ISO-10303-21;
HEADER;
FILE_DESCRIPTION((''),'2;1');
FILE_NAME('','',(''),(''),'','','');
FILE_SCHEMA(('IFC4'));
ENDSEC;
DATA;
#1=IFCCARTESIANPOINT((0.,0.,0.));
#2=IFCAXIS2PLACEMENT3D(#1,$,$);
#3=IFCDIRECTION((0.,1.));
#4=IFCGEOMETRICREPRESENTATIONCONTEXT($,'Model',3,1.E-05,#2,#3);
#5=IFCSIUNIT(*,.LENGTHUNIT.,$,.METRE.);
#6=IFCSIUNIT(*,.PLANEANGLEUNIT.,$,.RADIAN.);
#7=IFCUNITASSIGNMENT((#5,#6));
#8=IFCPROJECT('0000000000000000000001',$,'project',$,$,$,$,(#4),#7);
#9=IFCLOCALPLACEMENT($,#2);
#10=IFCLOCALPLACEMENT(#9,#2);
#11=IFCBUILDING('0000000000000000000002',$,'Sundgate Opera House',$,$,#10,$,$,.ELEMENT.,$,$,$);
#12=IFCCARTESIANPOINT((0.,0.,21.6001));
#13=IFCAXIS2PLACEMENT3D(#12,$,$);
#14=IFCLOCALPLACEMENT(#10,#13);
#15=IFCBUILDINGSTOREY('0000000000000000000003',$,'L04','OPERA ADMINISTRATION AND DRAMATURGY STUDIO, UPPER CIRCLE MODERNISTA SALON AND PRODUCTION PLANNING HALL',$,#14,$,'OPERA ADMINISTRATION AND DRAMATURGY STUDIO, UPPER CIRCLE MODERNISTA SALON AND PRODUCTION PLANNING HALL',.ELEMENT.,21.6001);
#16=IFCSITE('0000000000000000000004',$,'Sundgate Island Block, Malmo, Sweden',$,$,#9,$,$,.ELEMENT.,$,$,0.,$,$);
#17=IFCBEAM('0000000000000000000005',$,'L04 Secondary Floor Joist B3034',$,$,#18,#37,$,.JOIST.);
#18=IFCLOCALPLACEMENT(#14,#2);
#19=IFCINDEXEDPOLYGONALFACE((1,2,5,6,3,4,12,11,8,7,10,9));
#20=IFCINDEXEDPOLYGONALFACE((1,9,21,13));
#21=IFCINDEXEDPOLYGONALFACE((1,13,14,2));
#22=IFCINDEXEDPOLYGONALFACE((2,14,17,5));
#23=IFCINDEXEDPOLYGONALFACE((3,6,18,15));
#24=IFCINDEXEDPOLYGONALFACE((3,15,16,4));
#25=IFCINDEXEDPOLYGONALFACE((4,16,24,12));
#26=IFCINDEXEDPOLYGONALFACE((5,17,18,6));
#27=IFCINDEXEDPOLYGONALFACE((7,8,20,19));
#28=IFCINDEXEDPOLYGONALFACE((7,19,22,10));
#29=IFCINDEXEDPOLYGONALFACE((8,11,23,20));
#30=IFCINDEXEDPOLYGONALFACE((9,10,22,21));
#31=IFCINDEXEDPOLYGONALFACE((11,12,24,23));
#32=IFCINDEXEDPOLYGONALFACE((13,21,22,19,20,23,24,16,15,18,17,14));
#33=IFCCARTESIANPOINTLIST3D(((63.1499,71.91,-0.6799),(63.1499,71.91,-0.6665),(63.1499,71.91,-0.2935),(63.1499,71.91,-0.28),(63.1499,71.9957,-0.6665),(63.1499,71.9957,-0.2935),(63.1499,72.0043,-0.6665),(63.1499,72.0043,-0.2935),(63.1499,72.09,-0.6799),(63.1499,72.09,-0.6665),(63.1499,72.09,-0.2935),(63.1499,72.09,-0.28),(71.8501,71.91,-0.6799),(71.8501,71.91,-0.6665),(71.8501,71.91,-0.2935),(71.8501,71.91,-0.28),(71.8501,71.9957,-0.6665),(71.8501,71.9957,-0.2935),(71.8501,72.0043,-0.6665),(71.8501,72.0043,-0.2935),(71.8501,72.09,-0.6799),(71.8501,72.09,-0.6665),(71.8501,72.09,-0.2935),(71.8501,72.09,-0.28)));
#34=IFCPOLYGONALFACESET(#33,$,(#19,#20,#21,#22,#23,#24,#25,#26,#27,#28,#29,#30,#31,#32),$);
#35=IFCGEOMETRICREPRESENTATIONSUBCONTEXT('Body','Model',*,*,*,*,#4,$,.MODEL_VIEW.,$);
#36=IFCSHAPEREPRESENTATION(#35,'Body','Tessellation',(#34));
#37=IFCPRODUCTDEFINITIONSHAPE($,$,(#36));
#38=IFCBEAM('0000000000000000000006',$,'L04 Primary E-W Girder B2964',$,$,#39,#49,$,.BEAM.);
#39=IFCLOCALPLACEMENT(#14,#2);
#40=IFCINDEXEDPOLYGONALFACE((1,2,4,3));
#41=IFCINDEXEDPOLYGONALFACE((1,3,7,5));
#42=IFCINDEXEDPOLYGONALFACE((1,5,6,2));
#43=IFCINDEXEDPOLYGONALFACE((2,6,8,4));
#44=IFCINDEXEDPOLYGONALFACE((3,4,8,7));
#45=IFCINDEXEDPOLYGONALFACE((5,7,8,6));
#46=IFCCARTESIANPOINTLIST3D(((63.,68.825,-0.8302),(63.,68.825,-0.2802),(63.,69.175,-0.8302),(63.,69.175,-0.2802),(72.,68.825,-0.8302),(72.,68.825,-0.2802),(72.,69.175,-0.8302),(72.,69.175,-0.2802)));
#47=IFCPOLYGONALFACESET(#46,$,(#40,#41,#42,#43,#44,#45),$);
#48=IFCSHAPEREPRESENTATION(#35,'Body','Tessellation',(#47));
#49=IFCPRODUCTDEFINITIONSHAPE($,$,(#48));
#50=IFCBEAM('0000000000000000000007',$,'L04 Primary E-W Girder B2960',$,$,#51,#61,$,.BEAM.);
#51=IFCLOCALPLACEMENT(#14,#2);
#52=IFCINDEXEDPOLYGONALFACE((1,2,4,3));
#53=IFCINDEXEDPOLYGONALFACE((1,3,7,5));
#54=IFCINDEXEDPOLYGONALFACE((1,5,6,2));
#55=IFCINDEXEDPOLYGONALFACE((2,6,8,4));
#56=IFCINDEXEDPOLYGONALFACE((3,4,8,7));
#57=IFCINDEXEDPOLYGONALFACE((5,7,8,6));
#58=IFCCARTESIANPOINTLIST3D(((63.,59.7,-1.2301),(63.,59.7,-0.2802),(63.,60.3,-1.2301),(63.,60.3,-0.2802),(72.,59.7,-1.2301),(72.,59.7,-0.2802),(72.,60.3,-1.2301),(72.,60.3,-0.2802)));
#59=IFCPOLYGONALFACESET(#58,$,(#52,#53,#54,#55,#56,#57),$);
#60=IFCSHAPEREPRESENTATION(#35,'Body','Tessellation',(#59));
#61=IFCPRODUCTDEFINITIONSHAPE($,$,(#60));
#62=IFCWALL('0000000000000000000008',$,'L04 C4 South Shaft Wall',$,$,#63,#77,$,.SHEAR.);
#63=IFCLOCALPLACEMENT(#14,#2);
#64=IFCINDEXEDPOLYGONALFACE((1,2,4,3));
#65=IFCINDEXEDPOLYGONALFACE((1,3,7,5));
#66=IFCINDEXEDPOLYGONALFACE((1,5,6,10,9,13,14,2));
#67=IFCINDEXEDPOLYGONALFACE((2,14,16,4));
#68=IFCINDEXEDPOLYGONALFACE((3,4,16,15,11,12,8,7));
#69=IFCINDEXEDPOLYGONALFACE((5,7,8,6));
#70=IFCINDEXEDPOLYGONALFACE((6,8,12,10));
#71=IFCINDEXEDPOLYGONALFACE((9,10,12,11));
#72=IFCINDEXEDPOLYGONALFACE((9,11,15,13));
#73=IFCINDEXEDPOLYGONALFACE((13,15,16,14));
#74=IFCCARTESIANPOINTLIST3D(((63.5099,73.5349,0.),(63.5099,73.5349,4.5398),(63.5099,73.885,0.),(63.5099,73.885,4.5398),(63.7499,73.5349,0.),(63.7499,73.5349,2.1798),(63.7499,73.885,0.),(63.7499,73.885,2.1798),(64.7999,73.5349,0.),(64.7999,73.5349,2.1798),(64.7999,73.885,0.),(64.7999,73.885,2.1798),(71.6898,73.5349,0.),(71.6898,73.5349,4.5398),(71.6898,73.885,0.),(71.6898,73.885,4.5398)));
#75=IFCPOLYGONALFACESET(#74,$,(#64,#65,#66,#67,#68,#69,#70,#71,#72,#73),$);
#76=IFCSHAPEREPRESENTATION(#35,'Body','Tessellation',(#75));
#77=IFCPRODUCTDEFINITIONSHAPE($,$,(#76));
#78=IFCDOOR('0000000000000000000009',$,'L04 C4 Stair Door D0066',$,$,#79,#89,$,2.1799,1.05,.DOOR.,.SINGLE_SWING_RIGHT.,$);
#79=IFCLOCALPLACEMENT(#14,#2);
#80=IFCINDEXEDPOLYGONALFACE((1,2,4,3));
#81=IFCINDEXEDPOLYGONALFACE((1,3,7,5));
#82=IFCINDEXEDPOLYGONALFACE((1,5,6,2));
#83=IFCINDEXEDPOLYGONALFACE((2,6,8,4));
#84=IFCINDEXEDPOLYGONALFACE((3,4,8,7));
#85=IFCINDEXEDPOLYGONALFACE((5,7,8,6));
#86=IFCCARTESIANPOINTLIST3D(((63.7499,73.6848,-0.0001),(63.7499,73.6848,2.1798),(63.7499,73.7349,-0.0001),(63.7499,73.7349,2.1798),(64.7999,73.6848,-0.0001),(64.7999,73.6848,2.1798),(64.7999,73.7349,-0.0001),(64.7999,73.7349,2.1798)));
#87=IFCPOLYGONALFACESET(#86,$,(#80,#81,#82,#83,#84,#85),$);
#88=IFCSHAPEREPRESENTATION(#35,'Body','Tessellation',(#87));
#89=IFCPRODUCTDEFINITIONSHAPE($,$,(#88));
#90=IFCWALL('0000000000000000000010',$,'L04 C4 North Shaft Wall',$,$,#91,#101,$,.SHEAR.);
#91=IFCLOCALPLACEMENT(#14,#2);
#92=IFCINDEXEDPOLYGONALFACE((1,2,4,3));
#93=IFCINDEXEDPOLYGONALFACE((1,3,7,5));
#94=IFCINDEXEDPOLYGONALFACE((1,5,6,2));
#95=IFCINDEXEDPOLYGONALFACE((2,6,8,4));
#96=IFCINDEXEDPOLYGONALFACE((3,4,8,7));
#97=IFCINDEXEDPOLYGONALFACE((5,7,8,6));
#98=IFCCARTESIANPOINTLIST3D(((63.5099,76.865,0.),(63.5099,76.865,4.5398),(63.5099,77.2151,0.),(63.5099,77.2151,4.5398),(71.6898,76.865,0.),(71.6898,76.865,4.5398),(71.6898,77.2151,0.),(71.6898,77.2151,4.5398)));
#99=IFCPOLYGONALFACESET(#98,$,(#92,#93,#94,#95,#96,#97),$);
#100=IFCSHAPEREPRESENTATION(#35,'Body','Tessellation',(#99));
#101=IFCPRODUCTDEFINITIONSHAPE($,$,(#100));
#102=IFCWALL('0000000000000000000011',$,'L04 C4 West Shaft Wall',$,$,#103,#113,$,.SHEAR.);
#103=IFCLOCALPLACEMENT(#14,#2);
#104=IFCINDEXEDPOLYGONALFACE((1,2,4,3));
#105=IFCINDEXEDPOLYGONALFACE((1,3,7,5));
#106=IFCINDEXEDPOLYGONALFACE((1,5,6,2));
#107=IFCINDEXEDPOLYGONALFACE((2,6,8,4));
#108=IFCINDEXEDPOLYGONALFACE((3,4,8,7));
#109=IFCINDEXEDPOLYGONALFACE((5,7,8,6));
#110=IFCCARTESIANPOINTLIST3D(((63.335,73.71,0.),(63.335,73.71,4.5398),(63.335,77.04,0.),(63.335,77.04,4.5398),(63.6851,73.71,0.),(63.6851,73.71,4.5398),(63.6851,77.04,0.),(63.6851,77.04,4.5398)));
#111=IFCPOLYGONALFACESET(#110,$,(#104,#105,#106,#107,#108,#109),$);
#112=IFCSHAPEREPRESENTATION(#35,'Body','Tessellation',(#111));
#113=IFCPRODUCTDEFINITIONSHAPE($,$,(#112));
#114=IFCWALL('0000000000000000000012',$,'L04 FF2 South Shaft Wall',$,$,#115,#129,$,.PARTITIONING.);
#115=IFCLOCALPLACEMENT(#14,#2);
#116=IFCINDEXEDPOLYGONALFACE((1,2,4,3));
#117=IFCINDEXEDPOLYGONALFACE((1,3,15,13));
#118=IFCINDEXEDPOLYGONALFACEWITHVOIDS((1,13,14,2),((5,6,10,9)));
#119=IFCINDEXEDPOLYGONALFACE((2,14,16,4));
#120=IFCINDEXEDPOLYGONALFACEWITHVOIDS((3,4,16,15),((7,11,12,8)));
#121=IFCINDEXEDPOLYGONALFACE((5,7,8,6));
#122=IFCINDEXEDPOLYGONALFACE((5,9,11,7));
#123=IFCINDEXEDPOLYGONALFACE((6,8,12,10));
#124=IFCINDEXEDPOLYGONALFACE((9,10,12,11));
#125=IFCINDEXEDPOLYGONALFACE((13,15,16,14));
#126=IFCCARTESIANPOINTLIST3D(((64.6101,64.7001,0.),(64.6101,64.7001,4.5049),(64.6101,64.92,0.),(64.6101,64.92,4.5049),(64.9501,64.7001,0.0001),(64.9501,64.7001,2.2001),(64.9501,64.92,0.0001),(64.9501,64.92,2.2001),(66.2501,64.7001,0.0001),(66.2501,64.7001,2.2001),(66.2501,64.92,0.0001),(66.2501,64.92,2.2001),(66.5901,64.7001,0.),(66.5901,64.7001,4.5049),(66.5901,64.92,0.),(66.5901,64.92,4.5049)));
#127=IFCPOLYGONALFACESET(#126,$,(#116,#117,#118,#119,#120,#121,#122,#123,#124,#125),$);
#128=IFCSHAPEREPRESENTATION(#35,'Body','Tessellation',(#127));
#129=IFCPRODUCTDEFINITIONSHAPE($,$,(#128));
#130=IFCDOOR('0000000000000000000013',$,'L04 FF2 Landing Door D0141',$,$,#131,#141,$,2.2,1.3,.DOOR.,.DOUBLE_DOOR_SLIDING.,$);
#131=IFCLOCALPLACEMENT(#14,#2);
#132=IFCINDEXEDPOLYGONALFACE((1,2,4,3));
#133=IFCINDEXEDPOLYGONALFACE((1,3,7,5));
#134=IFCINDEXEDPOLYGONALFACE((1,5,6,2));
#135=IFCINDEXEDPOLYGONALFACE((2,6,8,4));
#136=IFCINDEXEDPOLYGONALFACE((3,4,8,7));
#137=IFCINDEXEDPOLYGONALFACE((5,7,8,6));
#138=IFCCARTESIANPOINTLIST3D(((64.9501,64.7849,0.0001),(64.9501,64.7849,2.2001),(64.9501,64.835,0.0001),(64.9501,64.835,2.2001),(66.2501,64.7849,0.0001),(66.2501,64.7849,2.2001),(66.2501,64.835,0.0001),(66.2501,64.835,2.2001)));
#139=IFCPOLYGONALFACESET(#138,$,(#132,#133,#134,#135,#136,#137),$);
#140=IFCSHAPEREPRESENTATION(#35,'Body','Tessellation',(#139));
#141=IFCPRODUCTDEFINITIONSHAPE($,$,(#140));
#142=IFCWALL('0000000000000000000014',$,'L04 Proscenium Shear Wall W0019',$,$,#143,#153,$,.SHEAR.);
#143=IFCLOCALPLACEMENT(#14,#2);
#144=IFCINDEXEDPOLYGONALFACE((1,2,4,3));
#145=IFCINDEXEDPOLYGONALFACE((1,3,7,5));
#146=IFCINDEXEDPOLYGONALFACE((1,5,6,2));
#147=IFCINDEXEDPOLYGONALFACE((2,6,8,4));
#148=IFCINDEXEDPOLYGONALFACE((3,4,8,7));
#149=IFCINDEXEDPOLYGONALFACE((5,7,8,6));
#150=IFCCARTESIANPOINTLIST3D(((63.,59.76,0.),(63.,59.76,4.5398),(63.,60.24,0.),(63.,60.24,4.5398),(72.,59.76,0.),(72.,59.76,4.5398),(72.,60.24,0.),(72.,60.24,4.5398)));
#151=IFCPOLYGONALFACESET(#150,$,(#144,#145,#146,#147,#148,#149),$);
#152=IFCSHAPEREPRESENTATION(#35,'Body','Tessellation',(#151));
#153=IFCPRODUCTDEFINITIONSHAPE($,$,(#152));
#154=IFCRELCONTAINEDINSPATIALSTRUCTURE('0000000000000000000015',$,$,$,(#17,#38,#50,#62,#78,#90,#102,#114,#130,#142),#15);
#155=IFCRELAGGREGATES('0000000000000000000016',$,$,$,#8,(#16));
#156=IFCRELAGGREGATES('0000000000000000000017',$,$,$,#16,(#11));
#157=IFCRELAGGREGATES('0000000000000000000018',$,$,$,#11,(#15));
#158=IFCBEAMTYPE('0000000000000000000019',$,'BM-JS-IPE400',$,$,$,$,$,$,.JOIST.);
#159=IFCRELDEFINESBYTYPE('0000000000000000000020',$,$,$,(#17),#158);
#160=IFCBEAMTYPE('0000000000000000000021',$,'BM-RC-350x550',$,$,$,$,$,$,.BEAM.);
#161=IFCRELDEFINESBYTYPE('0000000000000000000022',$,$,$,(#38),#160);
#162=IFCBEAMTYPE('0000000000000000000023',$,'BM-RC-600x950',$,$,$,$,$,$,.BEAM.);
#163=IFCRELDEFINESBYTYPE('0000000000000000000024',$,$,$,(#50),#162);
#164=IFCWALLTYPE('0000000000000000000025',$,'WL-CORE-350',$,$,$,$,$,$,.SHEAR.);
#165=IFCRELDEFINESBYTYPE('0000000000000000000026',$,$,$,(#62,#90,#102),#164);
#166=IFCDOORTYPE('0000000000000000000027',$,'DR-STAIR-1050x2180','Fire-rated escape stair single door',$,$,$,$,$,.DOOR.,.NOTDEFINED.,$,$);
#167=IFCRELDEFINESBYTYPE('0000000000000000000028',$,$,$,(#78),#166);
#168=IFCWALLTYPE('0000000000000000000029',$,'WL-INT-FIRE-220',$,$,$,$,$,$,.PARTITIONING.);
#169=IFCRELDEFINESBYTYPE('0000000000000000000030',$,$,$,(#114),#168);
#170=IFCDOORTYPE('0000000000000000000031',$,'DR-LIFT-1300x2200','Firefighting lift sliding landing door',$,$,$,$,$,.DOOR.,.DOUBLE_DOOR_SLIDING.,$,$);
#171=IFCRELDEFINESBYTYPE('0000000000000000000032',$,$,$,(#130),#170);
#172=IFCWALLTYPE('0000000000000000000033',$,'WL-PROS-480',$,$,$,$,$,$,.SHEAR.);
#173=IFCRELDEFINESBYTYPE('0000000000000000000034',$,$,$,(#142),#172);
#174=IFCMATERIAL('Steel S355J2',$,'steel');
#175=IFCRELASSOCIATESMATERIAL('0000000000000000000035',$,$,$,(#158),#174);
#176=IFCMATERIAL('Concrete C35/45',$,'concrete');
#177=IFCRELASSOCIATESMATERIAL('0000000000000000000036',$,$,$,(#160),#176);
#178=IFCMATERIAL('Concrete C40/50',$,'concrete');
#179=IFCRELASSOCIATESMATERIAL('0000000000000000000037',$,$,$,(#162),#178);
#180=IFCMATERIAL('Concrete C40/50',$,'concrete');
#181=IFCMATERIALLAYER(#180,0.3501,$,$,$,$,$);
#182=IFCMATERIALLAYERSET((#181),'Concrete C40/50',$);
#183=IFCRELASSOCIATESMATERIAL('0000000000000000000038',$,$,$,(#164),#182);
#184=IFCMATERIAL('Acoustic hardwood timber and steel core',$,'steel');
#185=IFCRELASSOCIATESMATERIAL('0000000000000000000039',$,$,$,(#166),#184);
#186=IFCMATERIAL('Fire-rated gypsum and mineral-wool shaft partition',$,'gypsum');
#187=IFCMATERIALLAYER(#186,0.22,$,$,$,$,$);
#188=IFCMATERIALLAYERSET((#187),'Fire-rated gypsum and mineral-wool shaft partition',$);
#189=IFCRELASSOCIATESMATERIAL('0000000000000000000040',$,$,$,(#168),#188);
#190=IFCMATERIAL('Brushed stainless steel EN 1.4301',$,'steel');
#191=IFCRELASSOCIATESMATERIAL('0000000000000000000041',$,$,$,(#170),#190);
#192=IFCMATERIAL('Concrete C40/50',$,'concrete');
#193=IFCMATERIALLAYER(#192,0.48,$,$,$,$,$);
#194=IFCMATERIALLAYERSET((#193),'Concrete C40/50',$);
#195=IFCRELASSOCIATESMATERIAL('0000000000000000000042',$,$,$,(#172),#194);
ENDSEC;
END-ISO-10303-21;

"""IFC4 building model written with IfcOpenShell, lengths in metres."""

from ifc_helpers import new_model, si_unit, direction, frame, frame_2d, origin, origin_2d, place, context, subcontext, project, spatial, rectangle, i_section, extrude, material, layer, layer_set, material_profile, profile_set, type_object, element, fill, save


model = new_model("IFC4")

# Units and contexts
model_context = context("Model", 3, precision=1e-05, world=origin(), true_north=direction((0.0, 1.0)))
body_context = subcontext(model_context, "Body", "Model", "MODEL_VIEW")
ifc_project = project(units=[si_unit("LENGTHUNIT", "METRE"), si_unit("PLANEANGLEUNIT", "RADIAN")], contexts=[model_context])

# Site, building, storey
site_placement = place(None, origin())
site = spatial("IfcSite", under=ifc_project, at=site_placement, Name="Sundgate Island Block, Malmo, Sweden", CompositionType="ELEMENT", RefElevation=0.0)
building_placement = place(site_placement, origin())
building = spatial("IfcBuilding", under=site, at=building_placement, Name="Sundgate Opera House", CompositionType="ELEMENT")
storey_placement = place(building_placement, frame((0.0, 0.0, 21.6001)))
storey = spatial("IfcBuildingStorey", under=building, at=storey_placement, Name="L04", Description="OPERA ADMINISTRATION AND DRAMATURGY STUDIO, UPPER CIRCLE MODERNISTA SALON AND PRODUCTION PLANNING HALL", LongName="OPERA ADMINISTRATION AND DRAMATURGY STUDIO, UPPER CIRCLE MODERNISTA SALON AND PRODUCTION PLANNING HALL", CompositionType="ELEMENT", Elevation=21.6001)

# Beams
ifc_material_1 = material(Name="Steel S355J2", Category="steel")
ifc_material_profile_1 = material_profile(ifc_material_1, i_section(OverallWidth=0.1799, OverallDepth=0.3999, WebThickness=0.0085, FlangeThickness=0.0134, at=origin_2d()), Name="IPE 400")
ifc_profile_set_1 = profile_set([ifc_material_profile_1], Name="Steel S355J2")
beam_type_1 = type_object("IfcBeamType", Name="BM-JS-IPE400", PredefinedType="JOIST", material=ifc_profile_set_1)
for number, where, z_axis, x_axis, name in (
    (1, (63.1499, 72.0, -0.48), (1.0, 0.0, 0.0), (0.0, 1.0, 0.0), "L04 Secondary Floor Joist B3034"),
):
    element("IfcBeam", number, at=place(storey_placement, frame(where, z_axis=z_axis, x_axis=x_axis)), inside=storey, type_object=beam_type_1, Name=name, PredefinedType="JOIST", context=body_context, shape_type="SweptSolid", body=[
        extrude(i_section(OverallWidth=0.1799, OverallDepth=0.3999, WebThickness=0.0085, FlangeThickness=0.0134, at=origin_2d()), origin(), (0.0, 0.0, 1.0), 8.7002),
    ])
ifc_material_2 = material(Name="Concrete C35/45", Category="concrete")
ifc_material_profile_2 = material_profile(ifc_material_2, rectangle(XDim=0.3501, YDim=0.55, at=origin_2d()), Name="RC 350x550")
ifc_profile_set_2 = profile_set([ifc_material_profile_2], Name="Concrete C35/45")
beam_type_2 = type_object("IfcBeamType", Name="BM-RC-350x550", PredefinedType="BEAM", material=ifc_profile_set_2)
beam_1_placement = place(storey_placement, frame((63.0, 69.0, -0.5552), z_axis=(1.0, 0.0, 0.0), x_axis=(0.0, 1.0, 0.0)))
element("IfcBeam", 2, at=beam_1_placement, inside=storey, type_object=beam_type_2, Name="L04 Primary E-W Girder B2964", PredefinedType="BEAM", context=body_context, shape_type="SweptSolid", body=[
    extrude(rectangle(XDim=0.3501, YDim=0.55, at=origin_2d()), origin(), (0.0, 0.0, 1.0), 9.0),
])
ifc_material_3 = material(Name="Concrete C40/50", Category="concrete")
ifc_material_profile_3 = material_profile(ifc_material_3, rectangle(XDim=0.6001, YDim=0.95, at=origin_2d()), Name="RC 600x950")
ifc_profile_set_3 = profile_set([ifc_material_profile_3], Name="Concrete C40/50")
beam_type_3 = type_object("IfcBeamType", Name="BM-RC-600x950", PredefinedType="BEAM", material=ifc_profile_set_3)
beam_2_placement = place(storey_placement, frame((63.0, 60.0, -0.7551), z_axis=(1.0, 0.0, 0.0), x_axis=(0.0, 1.0, 0.0)))
element("IfcBeam", 3, at=beam_2_placement, inside=storey, type_object=beam_type_3, Name="L04 Primary E-W Girder B2960", PredefinedType="BEAM", context=body_context, shape_type="SweptSolid", body=[
    extrude(rectangle(XDim=0.6001, YDim=0.95, at=origin_2d()), origin(), (0.0, 0.0, 1.0), 9.0),
])

# Wall, opening, door
ifc_material_4 = material(Name="Concrete C40/50", Category="concrete")
ifc_layer_1 = layer(ifc_material_4, 0.3501)
ifc_layer_set_1 = layer_set([ifc_layer_1], Name="Concrete C40/50")
wall_type_1 = type_object("IfcWallType", Name="WL-CORE-350", PredefinedType="SHEAR", material=ifc_layer_set_1)
wall_1_placement = place(storey_placement, frame((63.51, 73.71, 0.0), z_axis=(0.0, 0.0, 1.0), x_axis=(1.0, 0.0, 0.0)))
wall_1 = element("IfcWall", 4, at=wall_1_placement, inside=storey, type_object=wall_type_1, Name="L04 C4 South Shaft Wall", PredefinedType="SHEAR", context=body_context, shape_type="SweptSolid", body=[
    extrude(rectangle(XDim=8.1799, YDim=0.3501, at=frame_2d((4.0898, 0.0))), origin(), (0.0, 0.0, 1.0), 4.5398),
])
opening_1_placement = place(wall_1_placement, frame((0.24, 0.0, 0.0)))
opening_1 = element("IfcOpeningElement", 5, at=opening_1_placement, cuts=wall_1, PredefinedType="OPENING", context=body_context, shape_type="SweptSolid", body=[
    extrude(rectangle(XDim=1.05, YDim=2.1799, at=frame_2d((0.5249, 1.0898))), frame((0.0, 0.1851, 0.0), z_axis=(0.0, -1.0, 0.0), x_axis=(1.0, 0.0, 0.0)), (0.0, 0.0, 1.0), 0.3701),
])
ifc_material_5 = material(Name="Acoustic hardwood timber and steel core", Category="steel")
door_type_1 = type_object("IfcDoorType", Name="DR-STAIR-1050x2180", Description="Fire-rated escape stair single door", OperationType="NOTDEFINED", PredefinedType="DOOR", material=ifc_material_5)
door_1_placement = place(opening_1_placement, origin())
door_1 = element("IfcDoor", 6, at=door_1_placement, inside=storey, type_object=door_type_1, Name="L04 C4 Stair Door D0066", OperationType="SINGLE_SWING_RIGHT", OverallHeight=2.1799, OverallWidth=1.05, PredefinedType="DOOR", context=body_context, shape_type="SweptSolid", body=[
    extrude(rectangle(XDim=1.05, YDim=2.1799, at=frame_2d((0.5249, 1.0898))), frame((0.0, 0.0249, 0.0), z_axis=(0.0, -1.0, 0.0), x_axis=(1.0, 0.0, 0.0)), (0.0, 0.0, 1.0), 0.05),
])
fill(opening_1, door_1)

# Walls
wall_2_placement = place(storey_placement, frame((63.51, 77.04, 0.0), z_axis=(0.0, 0.0, 1.0), x_axis=(1.0, 0.0, 0.0)))
element("IfcWall", 7, at=wall_2_placement, inside=storey, type_object=wall_type_1, Name="L04 C4 North Shaft Wall", PredefinedType="SHEAR", context=body_context, shape_type="SweptSolid", body=[
    extrude(rectangle(XDim=8.1799, YDim=0.3501, at=frame_2d((4.0898, 0.0))), origin(), (0.0, 0.0, 1.0), 4.5398),
])
wall_3_placement = place(storey_placement, frame((63.51, 73.71, 0.0), z_axis=(0.0, 0.0, 1.0), x_axis=(0.0, 1.0, 0.0)))
element("IfcWall", 8, at=wall_3_placement, inside=storey, type_object=wall_type_1, Name="L04 C4 West Shaft Wall", PredefinedType="SHEAR", context=body_context, shape_type="SweptSolid", body=[
    extrude(rectangle(XDim=3.3301, YDim=0.3501, at=frame_2d((1.665, 0.0))), origin(), (0.0, 0.0, 1.0), 4.5398),
])

# Wall, opening, door
ifc_material_6 = material(Name="Fire-rated gypsum and mineral-wool shaft partition", Category="gypsum")
ifc_layer_2 = layer(ifc_material_6, 0.22)
ifc_layer_set_2 = layer_set([ifc_layer_2], Name="Fire-rated gypsum and mineral-wool shaft partition")
wall_type_2 = type_object("IfcWallType", Name="WL-INT-FIRE-220", PredefinedType="PARTITIONING", material=ifc_layer_set_2)
wall_4_placement = place(storey_placement, frame((64.6101, 64.8101, 0.0), z_axis=(0.0, 0.0, 1.0), x_axis=(1.0, 0.0, 0.0)))
wall_4 = element("IfcWall", 9, at=wall_4_placement, inside=storey, type_object=wall_type_2, Name="L04 FF2 South Shaft Wall", PredefinedType="PARTITIONING", context=body_context, shape_type="SweptSolid", body=[
    extrude(rectangle(XDim=1.98, YDim=0.22, at=frame_2d((0.99, 0.0))), origin(), (0.0, 0.0, 1.0), 4.5049),
])
opening_2_placement = place(wall_4_placement, frame((0.3401, 0.0, 0.0)))
opening_2 = element("IfcOpeningElement", 10, at=opening_2_placement, cuts=wall_4, PredefinedType="OPENING", context=body_context, shape_type="SweptSolid", body=[
    extrude(rectangle(XDim=1.3, YDim=2.2, at=frame_2d((0.6499, 1.1001))), frame((0.0, 0.1199, 0.0), z_axis=(0.0, -1.0, 0.0), x_axis=(1.0, 0.0, 0.0)), (0.0, 0.0, 1.0), 0.24),
])
ifc_material_7 = material(Name="Brushed stainless steel EN 1.4301", Category="steel")
door_type_2 = type_object("IfcDoorType", Name="DR-LIFT-1300x2200", Description="Firefighting lift sliding landing door", OperationType="DOUBLE_DOOR_SLIDING", PredefinedType="DOOR", material=ifc_material_7)
door_2_placement = place(opening_2_placement, origin())
door_2 = element("IfcDoor", 11, at=door_2_placement, inside=storey, type_object=door_type_2, Name="L04 FF2 Landing Door D0141", OperationType="DOUBLE_DOOR_SLIDING", OverallHeight=2.2, OverallWidth=1.3, PredefinedType="DOOR", context=body_context, shape_type="SweptSolid", body=[
    extrude(rectangle(XDim=1.3, YDim=2.2, at=frame_2d((0.6499, 1.1001))), frame((0.0, 0.0249, 0.0), z_axis=(0.0, -1.0, 0.0), x_axis=(1.0, 0.0, 0.0)), (0.0, 0.0, 1.0), 0.05),
])
fill(opening_2, door_2)

# Wall
ifc_material_8 = material(Name="Concrete C40/50", Category="concrete")
ifc_layer_3 = layer(ifc_material_8, 0.48)
ifc_layer_set_3 = layer_set([ifc_layer_3], Name="Concrete C40/50")
wall_type_3 = type_object("IfcWallType", Name="WL-PROS-480", PredefinedType="SHEAR", material=ifc_layer_set_3)
wall_5_placement = place(storey_placement, frame((63.0, 60.0, 0.0), z_axis=(0.0, 0.0, 1.0), x_axis=(1.0, 0.0, 0.0)))
element("IfcWall", 12, at=wall_5_placement, inside=storey, type_object=wall_type_3, Name="L04 Proscenium Shear Wall W0019", PredefinedType="SHEAR", context=body_context, shape_type="SweptSolid", body=[
    extrude(rectangle(XDim=9.0, YDim=0.48, at=frame_2d((4.5, 0.0))), origin(), (0.0, 0.0, 1.0), 4.5398),
])

save(model, "model.ifc")
